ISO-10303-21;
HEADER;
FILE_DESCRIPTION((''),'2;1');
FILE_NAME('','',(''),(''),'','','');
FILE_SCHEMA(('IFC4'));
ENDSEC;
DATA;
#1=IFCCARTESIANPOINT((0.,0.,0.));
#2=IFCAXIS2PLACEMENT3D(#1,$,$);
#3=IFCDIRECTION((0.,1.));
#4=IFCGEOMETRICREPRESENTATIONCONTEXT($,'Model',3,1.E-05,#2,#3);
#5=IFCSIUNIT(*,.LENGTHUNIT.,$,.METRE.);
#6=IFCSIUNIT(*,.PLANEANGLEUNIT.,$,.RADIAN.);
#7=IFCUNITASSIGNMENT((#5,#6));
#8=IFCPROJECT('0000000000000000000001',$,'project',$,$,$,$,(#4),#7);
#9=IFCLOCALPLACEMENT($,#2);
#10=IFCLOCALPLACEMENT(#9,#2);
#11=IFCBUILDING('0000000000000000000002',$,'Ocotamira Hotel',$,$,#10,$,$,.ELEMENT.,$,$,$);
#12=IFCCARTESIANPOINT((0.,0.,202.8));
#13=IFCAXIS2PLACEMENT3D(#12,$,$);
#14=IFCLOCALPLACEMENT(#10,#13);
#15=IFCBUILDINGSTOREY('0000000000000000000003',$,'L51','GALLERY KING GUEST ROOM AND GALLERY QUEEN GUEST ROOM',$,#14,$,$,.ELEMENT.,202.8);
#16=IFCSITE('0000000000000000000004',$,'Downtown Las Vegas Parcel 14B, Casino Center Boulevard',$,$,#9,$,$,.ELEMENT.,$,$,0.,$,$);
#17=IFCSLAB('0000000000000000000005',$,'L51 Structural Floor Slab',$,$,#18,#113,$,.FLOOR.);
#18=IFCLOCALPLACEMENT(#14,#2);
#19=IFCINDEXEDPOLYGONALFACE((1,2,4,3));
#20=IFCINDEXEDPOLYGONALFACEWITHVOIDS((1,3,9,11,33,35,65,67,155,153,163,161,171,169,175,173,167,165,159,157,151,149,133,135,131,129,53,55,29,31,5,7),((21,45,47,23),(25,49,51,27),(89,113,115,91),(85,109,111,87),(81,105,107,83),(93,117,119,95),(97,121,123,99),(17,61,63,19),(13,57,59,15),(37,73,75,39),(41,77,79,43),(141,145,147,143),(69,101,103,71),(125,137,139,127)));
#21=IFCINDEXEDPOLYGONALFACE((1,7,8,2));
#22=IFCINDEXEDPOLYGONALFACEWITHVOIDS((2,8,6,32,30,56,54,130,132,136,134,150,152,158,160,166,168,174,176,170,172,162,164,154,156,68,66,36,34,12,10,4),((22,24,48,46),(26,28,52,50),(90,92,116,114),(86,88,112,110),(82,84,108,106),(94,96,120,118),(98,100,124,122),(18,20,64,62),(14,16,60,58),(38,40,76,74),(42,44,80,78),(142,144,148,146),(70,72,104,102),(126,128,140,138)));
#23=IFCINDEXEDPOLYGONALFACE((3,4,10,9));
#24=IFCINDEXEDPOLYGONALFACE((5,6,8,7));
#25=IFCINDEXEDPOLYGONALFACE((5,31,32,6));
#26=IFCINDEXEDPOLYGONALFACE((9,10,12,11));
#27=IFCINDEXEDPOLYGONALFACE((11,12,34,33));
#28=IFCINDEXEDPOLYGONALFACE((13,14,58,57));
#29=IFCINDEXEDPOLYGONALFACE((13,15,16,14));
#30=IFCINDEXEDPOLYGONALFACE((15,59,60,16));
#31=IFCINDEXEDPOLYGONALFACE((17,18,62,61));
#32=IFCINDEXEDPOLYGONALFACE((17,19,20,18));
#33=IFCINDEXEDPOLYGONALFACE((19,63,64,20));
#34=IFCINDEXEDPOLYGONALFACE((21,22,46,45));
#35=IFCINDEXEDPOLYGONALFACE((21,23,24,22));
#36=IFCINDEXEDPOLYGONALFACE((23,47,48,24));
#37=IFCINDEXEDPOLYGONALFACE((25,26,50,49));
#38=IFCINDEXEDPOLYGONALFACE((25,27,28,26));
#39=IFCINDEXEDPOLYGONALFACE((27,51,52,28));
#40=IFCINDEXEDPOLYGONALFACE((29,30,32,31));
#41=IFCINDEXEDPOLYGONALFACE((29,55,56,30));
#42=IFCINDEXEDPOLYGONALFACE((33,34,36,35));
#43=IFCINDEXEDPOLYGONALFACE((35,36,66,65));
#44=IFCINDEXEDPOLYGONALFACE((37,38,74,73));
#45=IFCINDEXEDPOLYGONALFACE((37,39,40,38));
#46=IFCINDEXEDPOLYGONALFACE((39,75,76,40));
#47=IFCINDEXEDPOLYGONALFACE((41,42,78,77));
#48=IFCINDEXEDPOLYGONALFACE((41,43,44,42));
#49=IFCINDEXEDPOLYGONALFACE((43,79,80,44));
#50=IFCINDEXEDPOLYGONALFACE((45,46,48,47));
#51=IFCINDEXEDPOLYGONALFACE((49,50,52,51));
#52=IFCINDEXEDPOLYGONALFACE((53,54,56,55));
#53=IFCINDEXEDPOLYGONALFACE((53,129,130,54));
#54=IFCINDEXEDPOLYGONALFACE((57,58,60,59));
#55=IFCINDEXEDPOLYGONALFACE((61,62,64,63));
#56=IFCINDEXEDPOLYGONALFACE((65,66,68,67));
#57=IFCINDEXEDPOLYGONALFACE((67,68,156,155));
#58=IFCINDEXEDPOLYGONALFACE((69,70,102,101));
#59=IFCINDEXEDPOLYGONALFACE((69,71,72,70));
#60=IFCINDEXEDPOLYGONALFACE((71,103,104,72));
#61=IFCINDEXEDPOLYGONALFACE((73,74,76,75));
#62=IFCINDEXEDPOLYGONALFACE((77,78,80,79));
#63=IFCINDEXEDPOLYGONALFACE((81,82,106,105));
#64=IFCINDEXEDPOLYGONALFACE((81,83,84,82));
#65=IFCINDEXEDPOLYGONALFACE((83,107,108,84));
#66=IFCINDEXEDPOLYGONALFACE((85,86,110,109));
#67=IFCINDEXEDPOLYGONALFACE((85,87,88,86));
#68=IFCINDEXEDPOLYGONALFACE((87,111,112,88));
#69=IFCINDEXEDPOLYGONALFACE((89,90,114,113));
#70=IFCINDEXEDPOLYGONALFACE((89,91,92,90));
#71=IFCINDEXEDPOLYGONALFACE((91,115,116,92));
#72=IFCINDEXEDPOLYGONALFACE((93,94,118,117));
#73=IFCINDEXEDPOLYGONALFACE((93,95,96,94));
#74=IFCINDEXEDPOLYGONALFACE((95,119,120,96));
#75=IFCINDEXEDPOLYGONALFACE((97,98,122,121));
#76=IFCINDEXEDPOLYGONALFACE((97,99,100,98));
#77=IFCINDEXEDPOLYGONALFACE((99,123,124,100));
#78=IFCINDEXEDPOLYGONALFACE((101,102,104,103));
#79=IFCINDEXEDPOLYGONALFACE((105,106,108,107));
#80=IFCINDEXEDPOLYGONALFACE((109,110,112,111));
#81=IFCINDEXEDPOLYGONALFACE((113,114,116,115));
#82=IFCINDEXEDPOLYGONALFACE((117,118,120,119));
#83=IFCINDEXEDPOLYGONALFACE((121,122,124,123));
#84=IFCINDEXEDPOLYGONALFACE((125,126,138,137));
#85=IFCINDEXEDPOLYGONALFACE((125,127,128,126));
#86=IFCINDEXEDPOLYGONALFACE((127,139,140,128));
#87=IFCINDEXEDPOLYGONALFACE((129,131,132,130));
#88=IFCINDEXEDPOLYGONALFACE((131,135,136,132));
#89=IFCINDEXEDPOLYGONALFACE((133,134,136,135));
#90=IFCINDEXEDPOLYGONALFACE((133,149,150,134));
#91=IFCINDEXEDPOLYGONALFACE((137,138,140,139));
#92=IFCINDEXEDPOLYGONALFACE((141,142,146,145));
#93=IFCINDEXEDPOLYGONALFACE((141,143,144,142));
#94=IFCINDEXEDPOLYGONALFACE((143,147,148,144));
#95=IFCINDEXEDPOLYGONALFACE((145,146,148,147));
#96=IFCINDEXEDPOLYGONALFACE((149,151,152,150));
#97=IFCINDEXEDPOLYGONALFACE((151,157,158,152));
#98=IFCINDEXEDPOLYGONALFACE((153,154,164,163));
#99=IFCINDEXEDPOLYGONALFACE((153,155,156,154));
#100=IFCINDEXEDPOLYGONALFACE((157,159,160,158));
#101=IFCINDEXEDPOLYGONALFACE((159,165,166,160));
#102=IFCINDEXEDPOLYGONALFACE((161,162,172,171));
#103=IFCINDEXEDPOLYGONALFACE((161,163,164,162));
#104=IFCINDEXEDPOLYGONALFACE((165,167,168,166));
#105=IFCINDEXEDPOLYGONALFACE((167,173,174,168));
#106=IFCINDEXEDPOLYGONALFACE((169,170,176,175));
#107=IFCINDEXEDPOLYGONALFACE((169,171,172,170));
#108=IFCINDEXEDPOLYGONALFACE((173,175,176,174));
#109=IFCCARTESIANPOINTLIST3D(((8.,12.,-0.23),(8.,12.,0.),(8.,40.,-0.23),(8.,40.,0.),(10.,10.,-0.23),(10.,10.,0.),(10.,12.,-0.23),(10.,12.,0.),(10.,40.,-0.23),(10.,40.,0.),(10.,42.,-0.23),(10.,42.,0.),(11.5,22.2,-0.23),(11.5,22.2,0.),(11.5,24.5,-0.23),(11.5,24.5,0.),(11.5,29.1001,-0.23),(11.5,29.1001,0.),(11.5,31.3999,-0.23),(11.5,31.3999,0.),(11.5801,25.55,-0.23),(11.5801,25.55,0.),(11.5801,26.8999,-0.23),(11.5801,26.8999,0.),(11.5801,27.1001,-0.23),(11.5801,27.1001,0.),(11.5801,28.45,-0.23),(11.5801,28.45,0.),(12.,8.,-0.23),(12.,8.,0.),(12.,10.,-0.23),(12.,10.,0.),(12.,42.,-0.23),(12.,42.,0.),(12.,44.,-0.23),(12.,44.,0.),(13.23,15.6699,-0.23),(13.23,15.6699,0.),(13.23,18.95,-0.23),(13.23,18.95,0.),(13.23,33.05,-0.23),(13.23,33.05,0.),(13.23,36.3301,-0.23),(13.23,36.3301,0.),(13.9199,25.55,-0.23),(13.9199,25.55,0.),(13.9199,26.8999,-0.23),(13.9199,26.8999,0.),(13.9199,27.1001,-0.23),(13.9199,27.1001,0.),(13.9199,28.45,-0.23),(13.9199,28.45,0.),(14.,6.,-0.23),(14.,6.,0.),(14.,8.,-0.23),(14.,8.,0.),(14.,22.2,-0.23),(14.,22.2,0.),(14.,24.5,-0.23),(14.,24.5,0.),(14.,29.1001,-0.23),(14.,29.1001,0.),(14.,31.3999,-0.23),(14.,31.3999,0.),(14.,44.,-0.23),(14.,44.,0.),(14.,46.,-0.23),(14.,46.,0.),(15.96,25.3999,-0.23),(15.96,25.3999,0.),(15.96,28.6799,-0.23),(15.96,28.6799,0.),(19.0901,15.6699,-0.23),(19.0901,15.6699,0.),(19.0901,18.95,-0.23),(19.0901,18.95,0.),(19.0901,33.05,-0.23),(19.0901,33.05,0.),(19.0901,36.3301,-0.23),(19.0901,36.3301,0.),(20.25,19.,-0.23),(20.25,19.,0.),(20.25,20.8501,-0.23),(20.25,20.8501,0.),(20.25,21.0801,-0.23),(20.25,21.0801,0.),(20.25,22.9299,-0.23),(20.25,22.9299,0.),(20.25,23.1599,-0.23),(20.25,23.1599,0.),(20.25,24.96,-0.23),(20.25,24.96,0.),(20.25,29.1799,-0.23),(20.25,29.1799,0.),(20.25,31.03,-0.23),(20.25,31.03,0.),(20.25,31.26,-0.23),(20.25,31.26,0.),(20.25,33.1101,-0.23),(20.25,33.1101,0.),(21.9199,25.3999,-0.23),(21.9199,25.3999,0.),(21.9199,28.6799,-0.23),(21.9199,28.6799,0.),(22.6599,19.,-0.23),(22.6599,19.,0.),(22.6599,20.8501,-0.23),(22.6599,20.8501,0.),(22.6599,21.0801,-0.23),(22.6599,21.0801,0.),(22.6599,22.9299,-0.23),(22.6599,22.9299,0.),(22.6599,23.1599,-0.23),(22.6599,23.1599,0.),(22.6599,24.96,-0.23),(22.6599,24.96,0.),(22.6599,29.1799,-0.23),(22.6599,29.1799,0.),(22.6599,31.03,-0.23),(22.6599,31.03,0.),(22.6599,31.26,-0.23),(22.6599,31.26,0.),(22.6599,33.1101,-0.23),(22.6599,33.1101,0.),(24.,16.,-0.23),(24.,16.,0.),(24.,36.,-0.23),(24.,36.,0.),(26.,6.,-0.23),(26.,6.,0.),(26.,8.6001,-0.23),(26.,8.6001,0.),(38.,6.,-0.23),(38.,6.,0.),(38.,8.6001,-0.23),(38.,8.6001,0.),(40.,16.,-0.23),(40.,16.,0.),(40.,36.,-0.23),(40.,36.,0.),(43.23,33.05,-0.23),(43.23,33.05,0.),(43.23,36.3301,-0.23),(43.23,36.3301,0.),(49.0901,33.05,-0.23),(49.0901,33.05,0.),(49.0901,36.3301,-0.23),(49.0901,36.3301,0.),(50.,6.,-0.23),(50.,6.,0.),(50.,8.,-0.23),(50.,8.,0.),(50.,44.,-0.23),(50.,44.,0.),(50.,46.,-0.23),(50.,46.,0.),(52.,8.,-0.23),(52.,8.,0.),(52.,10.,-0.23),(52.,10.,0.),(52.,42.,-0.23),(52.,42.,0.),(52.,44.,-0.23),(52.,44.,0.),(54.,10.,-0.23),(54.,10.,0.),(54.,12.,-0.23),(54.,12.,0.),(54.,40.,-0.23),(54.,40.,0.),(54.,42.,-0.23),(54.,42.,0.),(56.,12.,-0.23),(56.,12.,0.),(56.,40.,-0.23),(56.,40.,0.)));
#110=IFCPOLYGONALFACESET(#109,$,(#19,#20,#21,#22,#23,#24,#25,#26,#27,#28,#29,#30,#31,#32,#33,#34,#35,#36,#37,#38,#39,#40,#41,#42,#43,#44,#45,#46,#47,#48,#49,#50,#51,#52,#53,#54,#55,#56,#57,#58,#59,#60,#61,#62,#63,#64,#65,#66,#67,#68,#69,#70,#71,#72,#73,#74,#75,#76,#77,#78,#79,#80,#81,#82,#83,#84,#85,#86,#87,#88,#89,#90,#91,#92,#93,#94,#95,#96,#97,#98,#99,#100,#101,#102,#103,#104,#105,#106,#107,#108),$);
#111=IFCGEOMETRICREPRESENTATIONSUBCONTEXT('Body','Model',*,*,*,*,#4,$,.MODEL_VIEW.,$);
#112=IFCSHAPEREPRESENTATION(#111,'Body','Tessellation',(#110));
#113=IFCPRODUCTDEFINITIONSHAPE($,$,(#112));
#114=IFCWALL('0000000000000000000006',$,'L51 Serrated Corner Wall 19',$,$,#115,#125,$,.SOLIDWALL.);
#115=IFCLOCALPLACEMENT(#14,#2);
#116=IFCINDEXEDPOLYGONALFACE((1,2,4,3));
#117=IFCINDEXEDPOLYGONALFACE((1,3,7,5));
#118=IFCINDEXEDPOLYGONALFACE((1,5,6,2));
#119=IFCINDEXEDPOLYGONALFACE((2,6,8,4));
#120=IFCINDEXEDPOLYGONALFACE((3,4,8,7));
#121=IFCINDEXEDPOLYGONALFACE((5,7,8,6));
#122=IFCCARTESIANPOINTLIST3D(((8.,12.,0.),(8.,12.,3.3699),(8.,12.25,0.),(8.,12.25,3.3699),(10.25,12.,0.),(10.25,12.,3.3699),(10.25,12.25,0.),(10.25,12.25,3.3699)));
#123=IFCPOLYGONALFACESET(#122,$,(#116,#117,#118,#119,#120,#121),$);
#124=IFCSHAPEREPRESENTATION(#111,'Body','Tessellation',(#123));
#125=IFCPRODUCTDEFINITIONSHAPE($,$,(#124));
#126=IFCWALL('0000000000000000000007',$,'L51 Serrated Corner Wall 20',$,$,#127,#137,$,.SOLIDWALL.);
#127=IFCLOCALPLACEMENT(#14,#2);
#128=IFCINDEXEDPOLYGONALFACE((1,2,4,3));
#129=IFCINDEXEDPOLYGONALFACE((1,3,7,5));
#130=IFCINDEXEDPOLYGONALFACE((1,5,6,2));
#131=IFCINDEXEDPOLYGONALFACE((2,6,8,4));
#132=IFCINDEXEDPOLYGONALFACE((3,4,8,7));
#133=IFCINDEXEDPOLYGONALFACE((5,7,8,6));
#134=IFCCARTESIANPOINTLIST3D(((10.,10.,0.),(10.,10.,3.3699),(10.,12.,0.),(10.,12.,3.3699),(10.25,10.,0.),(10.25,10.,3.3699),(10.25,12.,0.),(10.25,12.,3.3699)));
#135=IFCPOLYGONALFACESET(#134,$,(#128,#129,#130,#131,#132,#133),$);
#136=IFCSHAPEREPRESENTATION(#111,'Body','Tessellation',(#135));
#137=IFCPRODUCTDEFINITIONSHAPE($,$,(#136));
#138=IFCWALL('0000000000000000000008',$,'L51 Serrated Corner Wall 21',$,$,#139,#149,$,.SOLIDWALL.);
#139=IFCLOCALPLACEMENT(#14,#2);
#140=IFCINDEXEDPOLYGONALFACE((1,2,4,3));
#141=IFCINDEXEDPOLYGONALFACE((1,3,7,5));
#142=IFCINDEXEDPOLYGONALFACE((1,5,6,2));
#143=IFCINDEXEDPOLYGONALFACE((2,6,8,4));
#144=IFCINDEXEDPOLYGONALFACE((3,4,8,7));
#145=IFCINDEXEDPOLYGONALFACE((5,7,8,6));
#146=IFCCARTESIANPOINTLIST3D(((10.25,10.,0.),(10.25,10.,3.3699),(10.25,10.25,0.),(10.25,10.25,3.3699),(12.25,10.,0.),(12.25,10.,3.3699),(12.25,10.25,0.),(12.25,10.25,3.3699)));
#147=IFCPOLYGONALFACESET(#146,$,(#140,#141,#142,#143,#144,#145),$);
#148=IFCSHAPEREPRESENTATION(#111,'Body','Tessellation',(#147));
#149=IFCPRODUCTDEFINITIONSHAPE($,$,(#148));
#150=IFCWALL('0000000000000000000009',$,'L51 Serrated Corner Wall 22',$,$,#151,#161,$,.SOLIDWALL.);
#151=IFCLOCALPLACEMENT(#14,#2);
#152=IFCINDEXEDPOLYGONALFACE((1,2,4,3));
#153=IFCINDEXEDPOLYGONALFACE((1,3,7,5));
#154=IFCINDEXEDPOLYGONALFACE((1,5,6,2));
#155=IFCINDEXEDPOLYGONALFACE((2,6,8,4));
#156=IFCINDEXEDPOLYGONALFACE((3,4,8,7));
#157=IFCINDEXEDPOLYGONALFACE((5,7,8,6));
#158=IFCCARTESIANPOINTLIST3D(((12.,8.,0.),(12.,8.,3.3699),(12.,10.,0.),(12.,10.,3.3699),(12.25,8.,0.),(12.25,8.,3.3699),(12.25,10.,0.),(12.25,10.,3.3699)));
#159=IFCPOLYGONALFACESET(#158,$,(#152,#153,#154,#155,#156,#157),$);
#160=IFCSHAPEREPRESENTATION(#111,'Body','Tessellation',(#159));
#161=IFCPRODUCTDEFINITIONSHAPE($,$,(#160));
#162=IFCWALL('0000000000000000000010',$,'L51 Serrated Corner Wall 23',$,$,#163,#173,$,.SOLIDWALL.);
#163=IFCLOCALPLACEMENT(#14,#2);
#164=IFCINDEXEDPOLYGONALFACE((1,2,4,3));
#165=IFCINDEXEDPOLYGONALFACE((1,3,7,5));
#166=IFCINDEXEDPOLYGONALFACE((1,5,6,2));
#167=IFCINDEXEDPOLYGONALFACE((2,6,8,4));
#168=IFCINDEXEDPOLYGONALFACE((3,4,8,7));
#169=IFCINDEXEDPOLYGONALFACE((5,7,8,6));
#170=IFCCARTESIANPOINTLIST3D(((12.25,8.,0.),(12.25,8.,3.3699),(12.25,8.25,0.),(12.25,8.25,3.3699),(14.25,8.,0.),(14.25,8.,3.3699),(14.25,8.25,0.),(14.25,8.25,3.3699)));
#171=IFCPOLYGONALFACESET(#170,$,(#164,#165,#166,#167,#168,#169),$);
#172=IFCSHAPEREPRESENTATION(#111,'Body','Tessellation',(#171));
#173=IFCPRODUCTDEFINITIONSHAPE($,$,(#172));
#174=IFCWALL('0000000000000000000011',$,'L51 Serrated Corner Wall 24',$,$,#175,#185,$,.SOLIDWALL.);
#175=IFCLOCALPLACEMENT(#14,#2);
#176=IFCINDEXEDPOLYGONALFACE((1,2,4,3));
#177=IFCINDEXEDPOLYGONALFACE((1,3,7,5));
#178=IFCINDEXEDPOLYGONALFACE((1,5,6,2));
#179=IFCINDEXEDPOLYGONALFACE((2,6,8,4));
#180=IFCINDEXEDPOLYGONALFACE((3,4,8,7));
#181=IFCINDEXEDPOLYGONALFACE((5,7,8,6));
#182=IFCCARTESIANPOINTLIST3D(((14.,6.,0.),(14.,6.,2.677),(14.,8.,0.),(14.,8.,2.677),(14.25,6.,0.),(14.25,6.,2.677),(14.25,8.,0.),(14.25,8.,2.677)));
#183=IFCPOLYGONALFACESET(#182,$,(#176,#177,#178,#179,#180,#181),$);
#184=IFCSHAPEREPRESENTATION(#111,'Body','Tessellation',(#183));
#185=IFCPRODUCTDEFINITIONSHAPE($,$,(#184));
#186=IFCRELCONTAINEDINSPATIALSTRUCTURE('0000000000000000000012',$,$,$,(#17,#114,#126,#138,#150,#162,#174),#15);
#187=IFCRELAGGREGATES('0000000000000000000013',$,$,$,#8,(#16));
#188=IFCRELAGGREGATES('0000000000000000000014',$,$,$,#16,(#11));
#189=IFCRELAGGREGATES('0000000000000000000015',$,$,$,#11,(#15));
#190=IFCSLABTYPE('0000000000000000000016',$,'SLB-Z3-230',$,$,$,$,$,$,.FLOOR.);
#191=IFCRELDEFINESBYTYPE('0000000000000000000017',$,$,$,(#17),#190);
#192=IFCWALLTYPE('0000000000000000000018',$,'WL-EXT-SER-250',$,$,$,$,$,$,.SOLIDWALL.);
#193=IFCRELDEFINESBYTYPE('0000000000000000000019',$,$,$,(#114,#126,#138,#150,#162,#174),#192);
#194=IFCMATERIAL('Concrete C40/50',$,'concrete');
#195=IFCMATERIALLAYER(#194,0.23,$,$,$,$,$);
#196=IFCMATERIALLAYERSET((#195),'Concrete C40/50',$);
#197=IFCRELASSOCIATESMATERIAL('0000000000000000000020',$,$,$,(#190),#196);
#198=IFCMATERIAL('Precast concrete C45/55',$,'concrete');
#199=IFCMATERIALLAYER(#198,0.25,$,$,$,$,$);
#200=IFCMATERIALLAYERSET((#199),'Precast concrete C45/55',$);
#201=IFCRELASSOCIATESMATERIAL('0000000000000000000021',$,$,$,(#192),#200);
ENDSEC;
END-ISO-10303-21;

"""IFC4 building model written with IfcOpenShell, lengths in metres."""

from ifc_helpers import new_model, si_unit, direction, frame, frame_2d, origin, place, context, subcontext, project, spatial, polyline, rectangle, outline, extrude, material, layer, layer_set, type_object, element, save


model = new_model("IFC4")

# Units and contexts
model_context = context("Model", 3, precision=1e-05, world=origin(), true_north=direction((0.0, 1.0)))
body_context = subcontext(model_context, "Body", "Model", "MODEL_VIEW")
ifc_project = project(units=[si_unit("LENGTHUNIT", "METRE"), si_unit("PLANEANGLEUNIT", "RADIAN")], contexts=[model_context])

# Site, building, storey
site_placement = place(None, origin())
site = spatial("IfcSite", under=ifc_project, at=site_placement, Name="Downtown Las Vegas Parcel 14B, Casino Center Boulevard", CompositionType="ELEMENT", RefElevation=0.0)
building_placement = place(site_placement, origin())
building = spatial("IfcBuilding", under=site, at=building_placement, Name="Ocotamira Hotel", CompositionType="ELEMENT")
storey_placement = place(building_placement, frame((0.0, 0.0, 202.8)))
storey = spatial("IfcBuildingStorey", under=building, at=storey_placement, Name="L51", Description="GALLERY KING GUEST ROOM AND GALLERY QUEEN GUEST ROOM", CompositionType="ELEMENT", Elevation=202.8)

# Shared definitions
ifc_material_1 = material(Name="Concrete C40/50", Category="concrete")

# Slab
ifc_layer_1 = layer(ifc_material_1, 0.23)
ifc_layer_set_1 = layer_set([ifc_layer_1], Name="Concrete C40/50")
slab_type_1 = type_object("IfcSlabType", Name="SLB-Z3-230", PredefinedType="FLOOR", material=ifc_layer_set_1)
slab_1_placement = place(storey_placement, frame((0.0, 0.0, -0.23)))
element("IfcSlab", 1, at=slab_1_placement, inside=storey, type_object=slab_type_1, Name="L51 Structural Floor Slab", PredefinedType="FLOOR", context=body_context, shape_type="SweptSolid", body=[
    extrude(outline(polyline([(14.0, 6.0), (14.0, 8.0), (12.0, 8.0), (12.0, 10.0), (10.0, 10.0), (10.0, 12.0), (8.0, 12.0), (8.0, 40.0), (10.0, 40.0), (10.0, 42.0), (12.0, 42.0), (12.0, 44.0), (14.0, 44.0), (14.0, 46.0), (50.0, 46.0), (50.0, 44.0), (52.0, 44.0), (52.0, 42.0), (54.0, 42.0), (54.0, 40.0), (56.0, 40.0), (56.0, 12.0), (54.0, 12.0), (54.0, 10.0), (52.0, 10.0), (52.0, 8.0), (50.0, 8.0), (50.0, 6.0), (38.0, 6.0), (38.0, 8.6001), (26.0, 8.6001), (26.0, 6.0), (14.0, 6.0)]), holes=[polyline([(24.0, 16.0), (40.0, 16.0), (40.0, 36.0), (24.0, 36.0), (24.0, 16.0)]), polyline([(13.23, 15.6699), (19.0901, 15.6699), (19.0901, 18.95), (13.23, 18.95), (13.23, 15.6699)]), polyline([(13.23, 33.05), (19.0901, 33.05), (19.0901, 36.3301), (13.23, 36.3301), (13.23, 33.05)]), polyline([(15.96, 25.3999), (21.9199, 25.3999), (21.9199, 28.6799), (15.96, 28.6799), (15.96, 25.3999)]), polyline([(43.23, 33.05), (49.0901, 33.05), (49.0901, 36.3301), (43.23, 36.3301), (43.23, 33.05)]), polyline([(20.25, 19.0), (22.6599, 19.0), (22.6599, 20.8501), (20.25, 20.8501), (20.25, 19.0)]), polyline([(20.25, 21.0801), (22.6599, 21.0801), (22.6599, 22.9299), (20.25, 22.9299), (20.25, 21.0801)]), polyline([(20.25, 23.1599), (22.6599, 23.1599), (22.6599, 24.96), (20.25, 24.96), (20.25, 23.1599)]), polyline([(20.25, 29.1799), (22.6599, 29.1799), (22.6599, 31.03), (20.25, 31.03), (20.25, 29.1799)]), polyline([(20.25, 31.26), (22.6599, 31.26), (22.6599, 33.1101), (20.25, 33.1101), (20.25, 31.26)]), polyline([(11.5, 22.2), (14.0, 22.2), (14.0, 24.5), (11.5, 24.5), (11.5, 22.2)]), polyline([(11.5, 29.1001), (14.0, 29.1001), (14.0, 31.3999), (11.5, 31.3999), (11.5, 29.1001)]), polyline([(11.5801, 25.55), (13.9199, 25.55), (13.9199, 26.8999), (11.5801, 26.8999), (11.5801, 25.55)]), polyline([(11.5801, 27.1001), (13.9199, 27.1001), (13.9199, 28.45), (11.5801, 28.45), (11.5801, 27.1001)])]), origin(), (0.0, 0.0, 1.0), 0.23),
])

# Walls
ifc_material_2 = material(Name="Precast concrete C45/55", Category="concrete")
ifc_layer_2 = layer(ifc_material_2, 0.25)
ifc_layer_set_2 = layer_set([ifc_layer_2], Name="Precast concrete C45/55")
wall_type_1 = type_object("IfcWallType", Name="WL-EXT-SER-250", PredefinedType="SOLIDWALL", material=ifc_layer_set_2)
wall_1_placement = place(storey_placement, frame((8.0, 12.125, 0.0), z_axis=(0.0, 0.0, 1.0), x_axis=(1.0, 0.0, 0.0)))
element("IfcWall", 2, at=wall_1_placement, inside=storey, type_object=wall_type_1, Name="L51 Serrated Corner Wall 19", PredefinedType="SOLIDWALL", context=body_context, shape_type="SweptSolid", body=[
    extrude(rectangle(XDim=2.25, YDim=0.25, at=frame_2d((1.125, 0.0))), origin(), (0.0, 0.0, 1.0), 3.3699),
])
for number, where, z_axis, x_axis, name in (
    (3, (10.125, 12.0, 0.0), (0.0, 0.0, 1.0), (0.0, -1.0, 0.0), "L51 Serrated Corner Wall 20"),
    (4, (10.25, 10.125, 0.0), (0.0, 0.0, 1.0), (1.0, 0.0, 0.0), "L51 Serrated Corner Wall 21"),
    (5, (12.125, 10.0, 0.0), (0.0, 0.0, 1.0), (0.0, -1.0, 0.0), "L51 Serrated Corner Wall 22"),
    (6, (12.25, 8.125, 0.0), (0.0, 0.0, 1.0), (1.0, 0.0, 0.0), "L51 Serrated Corner Wall 23"),
):
    element("IfcWall", number, at=place(storey_placement, frame(where, z_axis=z_axis, x_axis=x_axis)), inside=storey, type_object=wall_type_1, Name=name, PredefinedType="SOLIDWALL", context=body_context, shape_type="SweptSolid", body=[
        extrude(rectangle(XDim=2.0, YDim=0.25, at=frame_2d((1.0, 0.0))), origin(), (0.0, 0.0, 1.0), 3.3699),
    ])
wall_2_placement = place(storey_placement, frame((14.125, 8.0, 0.0), z_axis=(0.0, 0.0, 1.0), x_axis=(0.0, -1.0, 0.0)))
element("IfcWall", 7, at=wall_2_placement, inside=storey, type_object=wall_type_1, Name="L51 Serrated Corner Wall 24", PredefinedType="SOLIDWALL", context=body_context, shape_type="SweptSolid", body=[
    extrude(rectangle(XDim=2.0, YDim=0.25, at=frame_2d((1.0, 0.0))), origin(), (0.0, 0.0, 1.0), 2.677),
])

save(model, "model.ifc")
